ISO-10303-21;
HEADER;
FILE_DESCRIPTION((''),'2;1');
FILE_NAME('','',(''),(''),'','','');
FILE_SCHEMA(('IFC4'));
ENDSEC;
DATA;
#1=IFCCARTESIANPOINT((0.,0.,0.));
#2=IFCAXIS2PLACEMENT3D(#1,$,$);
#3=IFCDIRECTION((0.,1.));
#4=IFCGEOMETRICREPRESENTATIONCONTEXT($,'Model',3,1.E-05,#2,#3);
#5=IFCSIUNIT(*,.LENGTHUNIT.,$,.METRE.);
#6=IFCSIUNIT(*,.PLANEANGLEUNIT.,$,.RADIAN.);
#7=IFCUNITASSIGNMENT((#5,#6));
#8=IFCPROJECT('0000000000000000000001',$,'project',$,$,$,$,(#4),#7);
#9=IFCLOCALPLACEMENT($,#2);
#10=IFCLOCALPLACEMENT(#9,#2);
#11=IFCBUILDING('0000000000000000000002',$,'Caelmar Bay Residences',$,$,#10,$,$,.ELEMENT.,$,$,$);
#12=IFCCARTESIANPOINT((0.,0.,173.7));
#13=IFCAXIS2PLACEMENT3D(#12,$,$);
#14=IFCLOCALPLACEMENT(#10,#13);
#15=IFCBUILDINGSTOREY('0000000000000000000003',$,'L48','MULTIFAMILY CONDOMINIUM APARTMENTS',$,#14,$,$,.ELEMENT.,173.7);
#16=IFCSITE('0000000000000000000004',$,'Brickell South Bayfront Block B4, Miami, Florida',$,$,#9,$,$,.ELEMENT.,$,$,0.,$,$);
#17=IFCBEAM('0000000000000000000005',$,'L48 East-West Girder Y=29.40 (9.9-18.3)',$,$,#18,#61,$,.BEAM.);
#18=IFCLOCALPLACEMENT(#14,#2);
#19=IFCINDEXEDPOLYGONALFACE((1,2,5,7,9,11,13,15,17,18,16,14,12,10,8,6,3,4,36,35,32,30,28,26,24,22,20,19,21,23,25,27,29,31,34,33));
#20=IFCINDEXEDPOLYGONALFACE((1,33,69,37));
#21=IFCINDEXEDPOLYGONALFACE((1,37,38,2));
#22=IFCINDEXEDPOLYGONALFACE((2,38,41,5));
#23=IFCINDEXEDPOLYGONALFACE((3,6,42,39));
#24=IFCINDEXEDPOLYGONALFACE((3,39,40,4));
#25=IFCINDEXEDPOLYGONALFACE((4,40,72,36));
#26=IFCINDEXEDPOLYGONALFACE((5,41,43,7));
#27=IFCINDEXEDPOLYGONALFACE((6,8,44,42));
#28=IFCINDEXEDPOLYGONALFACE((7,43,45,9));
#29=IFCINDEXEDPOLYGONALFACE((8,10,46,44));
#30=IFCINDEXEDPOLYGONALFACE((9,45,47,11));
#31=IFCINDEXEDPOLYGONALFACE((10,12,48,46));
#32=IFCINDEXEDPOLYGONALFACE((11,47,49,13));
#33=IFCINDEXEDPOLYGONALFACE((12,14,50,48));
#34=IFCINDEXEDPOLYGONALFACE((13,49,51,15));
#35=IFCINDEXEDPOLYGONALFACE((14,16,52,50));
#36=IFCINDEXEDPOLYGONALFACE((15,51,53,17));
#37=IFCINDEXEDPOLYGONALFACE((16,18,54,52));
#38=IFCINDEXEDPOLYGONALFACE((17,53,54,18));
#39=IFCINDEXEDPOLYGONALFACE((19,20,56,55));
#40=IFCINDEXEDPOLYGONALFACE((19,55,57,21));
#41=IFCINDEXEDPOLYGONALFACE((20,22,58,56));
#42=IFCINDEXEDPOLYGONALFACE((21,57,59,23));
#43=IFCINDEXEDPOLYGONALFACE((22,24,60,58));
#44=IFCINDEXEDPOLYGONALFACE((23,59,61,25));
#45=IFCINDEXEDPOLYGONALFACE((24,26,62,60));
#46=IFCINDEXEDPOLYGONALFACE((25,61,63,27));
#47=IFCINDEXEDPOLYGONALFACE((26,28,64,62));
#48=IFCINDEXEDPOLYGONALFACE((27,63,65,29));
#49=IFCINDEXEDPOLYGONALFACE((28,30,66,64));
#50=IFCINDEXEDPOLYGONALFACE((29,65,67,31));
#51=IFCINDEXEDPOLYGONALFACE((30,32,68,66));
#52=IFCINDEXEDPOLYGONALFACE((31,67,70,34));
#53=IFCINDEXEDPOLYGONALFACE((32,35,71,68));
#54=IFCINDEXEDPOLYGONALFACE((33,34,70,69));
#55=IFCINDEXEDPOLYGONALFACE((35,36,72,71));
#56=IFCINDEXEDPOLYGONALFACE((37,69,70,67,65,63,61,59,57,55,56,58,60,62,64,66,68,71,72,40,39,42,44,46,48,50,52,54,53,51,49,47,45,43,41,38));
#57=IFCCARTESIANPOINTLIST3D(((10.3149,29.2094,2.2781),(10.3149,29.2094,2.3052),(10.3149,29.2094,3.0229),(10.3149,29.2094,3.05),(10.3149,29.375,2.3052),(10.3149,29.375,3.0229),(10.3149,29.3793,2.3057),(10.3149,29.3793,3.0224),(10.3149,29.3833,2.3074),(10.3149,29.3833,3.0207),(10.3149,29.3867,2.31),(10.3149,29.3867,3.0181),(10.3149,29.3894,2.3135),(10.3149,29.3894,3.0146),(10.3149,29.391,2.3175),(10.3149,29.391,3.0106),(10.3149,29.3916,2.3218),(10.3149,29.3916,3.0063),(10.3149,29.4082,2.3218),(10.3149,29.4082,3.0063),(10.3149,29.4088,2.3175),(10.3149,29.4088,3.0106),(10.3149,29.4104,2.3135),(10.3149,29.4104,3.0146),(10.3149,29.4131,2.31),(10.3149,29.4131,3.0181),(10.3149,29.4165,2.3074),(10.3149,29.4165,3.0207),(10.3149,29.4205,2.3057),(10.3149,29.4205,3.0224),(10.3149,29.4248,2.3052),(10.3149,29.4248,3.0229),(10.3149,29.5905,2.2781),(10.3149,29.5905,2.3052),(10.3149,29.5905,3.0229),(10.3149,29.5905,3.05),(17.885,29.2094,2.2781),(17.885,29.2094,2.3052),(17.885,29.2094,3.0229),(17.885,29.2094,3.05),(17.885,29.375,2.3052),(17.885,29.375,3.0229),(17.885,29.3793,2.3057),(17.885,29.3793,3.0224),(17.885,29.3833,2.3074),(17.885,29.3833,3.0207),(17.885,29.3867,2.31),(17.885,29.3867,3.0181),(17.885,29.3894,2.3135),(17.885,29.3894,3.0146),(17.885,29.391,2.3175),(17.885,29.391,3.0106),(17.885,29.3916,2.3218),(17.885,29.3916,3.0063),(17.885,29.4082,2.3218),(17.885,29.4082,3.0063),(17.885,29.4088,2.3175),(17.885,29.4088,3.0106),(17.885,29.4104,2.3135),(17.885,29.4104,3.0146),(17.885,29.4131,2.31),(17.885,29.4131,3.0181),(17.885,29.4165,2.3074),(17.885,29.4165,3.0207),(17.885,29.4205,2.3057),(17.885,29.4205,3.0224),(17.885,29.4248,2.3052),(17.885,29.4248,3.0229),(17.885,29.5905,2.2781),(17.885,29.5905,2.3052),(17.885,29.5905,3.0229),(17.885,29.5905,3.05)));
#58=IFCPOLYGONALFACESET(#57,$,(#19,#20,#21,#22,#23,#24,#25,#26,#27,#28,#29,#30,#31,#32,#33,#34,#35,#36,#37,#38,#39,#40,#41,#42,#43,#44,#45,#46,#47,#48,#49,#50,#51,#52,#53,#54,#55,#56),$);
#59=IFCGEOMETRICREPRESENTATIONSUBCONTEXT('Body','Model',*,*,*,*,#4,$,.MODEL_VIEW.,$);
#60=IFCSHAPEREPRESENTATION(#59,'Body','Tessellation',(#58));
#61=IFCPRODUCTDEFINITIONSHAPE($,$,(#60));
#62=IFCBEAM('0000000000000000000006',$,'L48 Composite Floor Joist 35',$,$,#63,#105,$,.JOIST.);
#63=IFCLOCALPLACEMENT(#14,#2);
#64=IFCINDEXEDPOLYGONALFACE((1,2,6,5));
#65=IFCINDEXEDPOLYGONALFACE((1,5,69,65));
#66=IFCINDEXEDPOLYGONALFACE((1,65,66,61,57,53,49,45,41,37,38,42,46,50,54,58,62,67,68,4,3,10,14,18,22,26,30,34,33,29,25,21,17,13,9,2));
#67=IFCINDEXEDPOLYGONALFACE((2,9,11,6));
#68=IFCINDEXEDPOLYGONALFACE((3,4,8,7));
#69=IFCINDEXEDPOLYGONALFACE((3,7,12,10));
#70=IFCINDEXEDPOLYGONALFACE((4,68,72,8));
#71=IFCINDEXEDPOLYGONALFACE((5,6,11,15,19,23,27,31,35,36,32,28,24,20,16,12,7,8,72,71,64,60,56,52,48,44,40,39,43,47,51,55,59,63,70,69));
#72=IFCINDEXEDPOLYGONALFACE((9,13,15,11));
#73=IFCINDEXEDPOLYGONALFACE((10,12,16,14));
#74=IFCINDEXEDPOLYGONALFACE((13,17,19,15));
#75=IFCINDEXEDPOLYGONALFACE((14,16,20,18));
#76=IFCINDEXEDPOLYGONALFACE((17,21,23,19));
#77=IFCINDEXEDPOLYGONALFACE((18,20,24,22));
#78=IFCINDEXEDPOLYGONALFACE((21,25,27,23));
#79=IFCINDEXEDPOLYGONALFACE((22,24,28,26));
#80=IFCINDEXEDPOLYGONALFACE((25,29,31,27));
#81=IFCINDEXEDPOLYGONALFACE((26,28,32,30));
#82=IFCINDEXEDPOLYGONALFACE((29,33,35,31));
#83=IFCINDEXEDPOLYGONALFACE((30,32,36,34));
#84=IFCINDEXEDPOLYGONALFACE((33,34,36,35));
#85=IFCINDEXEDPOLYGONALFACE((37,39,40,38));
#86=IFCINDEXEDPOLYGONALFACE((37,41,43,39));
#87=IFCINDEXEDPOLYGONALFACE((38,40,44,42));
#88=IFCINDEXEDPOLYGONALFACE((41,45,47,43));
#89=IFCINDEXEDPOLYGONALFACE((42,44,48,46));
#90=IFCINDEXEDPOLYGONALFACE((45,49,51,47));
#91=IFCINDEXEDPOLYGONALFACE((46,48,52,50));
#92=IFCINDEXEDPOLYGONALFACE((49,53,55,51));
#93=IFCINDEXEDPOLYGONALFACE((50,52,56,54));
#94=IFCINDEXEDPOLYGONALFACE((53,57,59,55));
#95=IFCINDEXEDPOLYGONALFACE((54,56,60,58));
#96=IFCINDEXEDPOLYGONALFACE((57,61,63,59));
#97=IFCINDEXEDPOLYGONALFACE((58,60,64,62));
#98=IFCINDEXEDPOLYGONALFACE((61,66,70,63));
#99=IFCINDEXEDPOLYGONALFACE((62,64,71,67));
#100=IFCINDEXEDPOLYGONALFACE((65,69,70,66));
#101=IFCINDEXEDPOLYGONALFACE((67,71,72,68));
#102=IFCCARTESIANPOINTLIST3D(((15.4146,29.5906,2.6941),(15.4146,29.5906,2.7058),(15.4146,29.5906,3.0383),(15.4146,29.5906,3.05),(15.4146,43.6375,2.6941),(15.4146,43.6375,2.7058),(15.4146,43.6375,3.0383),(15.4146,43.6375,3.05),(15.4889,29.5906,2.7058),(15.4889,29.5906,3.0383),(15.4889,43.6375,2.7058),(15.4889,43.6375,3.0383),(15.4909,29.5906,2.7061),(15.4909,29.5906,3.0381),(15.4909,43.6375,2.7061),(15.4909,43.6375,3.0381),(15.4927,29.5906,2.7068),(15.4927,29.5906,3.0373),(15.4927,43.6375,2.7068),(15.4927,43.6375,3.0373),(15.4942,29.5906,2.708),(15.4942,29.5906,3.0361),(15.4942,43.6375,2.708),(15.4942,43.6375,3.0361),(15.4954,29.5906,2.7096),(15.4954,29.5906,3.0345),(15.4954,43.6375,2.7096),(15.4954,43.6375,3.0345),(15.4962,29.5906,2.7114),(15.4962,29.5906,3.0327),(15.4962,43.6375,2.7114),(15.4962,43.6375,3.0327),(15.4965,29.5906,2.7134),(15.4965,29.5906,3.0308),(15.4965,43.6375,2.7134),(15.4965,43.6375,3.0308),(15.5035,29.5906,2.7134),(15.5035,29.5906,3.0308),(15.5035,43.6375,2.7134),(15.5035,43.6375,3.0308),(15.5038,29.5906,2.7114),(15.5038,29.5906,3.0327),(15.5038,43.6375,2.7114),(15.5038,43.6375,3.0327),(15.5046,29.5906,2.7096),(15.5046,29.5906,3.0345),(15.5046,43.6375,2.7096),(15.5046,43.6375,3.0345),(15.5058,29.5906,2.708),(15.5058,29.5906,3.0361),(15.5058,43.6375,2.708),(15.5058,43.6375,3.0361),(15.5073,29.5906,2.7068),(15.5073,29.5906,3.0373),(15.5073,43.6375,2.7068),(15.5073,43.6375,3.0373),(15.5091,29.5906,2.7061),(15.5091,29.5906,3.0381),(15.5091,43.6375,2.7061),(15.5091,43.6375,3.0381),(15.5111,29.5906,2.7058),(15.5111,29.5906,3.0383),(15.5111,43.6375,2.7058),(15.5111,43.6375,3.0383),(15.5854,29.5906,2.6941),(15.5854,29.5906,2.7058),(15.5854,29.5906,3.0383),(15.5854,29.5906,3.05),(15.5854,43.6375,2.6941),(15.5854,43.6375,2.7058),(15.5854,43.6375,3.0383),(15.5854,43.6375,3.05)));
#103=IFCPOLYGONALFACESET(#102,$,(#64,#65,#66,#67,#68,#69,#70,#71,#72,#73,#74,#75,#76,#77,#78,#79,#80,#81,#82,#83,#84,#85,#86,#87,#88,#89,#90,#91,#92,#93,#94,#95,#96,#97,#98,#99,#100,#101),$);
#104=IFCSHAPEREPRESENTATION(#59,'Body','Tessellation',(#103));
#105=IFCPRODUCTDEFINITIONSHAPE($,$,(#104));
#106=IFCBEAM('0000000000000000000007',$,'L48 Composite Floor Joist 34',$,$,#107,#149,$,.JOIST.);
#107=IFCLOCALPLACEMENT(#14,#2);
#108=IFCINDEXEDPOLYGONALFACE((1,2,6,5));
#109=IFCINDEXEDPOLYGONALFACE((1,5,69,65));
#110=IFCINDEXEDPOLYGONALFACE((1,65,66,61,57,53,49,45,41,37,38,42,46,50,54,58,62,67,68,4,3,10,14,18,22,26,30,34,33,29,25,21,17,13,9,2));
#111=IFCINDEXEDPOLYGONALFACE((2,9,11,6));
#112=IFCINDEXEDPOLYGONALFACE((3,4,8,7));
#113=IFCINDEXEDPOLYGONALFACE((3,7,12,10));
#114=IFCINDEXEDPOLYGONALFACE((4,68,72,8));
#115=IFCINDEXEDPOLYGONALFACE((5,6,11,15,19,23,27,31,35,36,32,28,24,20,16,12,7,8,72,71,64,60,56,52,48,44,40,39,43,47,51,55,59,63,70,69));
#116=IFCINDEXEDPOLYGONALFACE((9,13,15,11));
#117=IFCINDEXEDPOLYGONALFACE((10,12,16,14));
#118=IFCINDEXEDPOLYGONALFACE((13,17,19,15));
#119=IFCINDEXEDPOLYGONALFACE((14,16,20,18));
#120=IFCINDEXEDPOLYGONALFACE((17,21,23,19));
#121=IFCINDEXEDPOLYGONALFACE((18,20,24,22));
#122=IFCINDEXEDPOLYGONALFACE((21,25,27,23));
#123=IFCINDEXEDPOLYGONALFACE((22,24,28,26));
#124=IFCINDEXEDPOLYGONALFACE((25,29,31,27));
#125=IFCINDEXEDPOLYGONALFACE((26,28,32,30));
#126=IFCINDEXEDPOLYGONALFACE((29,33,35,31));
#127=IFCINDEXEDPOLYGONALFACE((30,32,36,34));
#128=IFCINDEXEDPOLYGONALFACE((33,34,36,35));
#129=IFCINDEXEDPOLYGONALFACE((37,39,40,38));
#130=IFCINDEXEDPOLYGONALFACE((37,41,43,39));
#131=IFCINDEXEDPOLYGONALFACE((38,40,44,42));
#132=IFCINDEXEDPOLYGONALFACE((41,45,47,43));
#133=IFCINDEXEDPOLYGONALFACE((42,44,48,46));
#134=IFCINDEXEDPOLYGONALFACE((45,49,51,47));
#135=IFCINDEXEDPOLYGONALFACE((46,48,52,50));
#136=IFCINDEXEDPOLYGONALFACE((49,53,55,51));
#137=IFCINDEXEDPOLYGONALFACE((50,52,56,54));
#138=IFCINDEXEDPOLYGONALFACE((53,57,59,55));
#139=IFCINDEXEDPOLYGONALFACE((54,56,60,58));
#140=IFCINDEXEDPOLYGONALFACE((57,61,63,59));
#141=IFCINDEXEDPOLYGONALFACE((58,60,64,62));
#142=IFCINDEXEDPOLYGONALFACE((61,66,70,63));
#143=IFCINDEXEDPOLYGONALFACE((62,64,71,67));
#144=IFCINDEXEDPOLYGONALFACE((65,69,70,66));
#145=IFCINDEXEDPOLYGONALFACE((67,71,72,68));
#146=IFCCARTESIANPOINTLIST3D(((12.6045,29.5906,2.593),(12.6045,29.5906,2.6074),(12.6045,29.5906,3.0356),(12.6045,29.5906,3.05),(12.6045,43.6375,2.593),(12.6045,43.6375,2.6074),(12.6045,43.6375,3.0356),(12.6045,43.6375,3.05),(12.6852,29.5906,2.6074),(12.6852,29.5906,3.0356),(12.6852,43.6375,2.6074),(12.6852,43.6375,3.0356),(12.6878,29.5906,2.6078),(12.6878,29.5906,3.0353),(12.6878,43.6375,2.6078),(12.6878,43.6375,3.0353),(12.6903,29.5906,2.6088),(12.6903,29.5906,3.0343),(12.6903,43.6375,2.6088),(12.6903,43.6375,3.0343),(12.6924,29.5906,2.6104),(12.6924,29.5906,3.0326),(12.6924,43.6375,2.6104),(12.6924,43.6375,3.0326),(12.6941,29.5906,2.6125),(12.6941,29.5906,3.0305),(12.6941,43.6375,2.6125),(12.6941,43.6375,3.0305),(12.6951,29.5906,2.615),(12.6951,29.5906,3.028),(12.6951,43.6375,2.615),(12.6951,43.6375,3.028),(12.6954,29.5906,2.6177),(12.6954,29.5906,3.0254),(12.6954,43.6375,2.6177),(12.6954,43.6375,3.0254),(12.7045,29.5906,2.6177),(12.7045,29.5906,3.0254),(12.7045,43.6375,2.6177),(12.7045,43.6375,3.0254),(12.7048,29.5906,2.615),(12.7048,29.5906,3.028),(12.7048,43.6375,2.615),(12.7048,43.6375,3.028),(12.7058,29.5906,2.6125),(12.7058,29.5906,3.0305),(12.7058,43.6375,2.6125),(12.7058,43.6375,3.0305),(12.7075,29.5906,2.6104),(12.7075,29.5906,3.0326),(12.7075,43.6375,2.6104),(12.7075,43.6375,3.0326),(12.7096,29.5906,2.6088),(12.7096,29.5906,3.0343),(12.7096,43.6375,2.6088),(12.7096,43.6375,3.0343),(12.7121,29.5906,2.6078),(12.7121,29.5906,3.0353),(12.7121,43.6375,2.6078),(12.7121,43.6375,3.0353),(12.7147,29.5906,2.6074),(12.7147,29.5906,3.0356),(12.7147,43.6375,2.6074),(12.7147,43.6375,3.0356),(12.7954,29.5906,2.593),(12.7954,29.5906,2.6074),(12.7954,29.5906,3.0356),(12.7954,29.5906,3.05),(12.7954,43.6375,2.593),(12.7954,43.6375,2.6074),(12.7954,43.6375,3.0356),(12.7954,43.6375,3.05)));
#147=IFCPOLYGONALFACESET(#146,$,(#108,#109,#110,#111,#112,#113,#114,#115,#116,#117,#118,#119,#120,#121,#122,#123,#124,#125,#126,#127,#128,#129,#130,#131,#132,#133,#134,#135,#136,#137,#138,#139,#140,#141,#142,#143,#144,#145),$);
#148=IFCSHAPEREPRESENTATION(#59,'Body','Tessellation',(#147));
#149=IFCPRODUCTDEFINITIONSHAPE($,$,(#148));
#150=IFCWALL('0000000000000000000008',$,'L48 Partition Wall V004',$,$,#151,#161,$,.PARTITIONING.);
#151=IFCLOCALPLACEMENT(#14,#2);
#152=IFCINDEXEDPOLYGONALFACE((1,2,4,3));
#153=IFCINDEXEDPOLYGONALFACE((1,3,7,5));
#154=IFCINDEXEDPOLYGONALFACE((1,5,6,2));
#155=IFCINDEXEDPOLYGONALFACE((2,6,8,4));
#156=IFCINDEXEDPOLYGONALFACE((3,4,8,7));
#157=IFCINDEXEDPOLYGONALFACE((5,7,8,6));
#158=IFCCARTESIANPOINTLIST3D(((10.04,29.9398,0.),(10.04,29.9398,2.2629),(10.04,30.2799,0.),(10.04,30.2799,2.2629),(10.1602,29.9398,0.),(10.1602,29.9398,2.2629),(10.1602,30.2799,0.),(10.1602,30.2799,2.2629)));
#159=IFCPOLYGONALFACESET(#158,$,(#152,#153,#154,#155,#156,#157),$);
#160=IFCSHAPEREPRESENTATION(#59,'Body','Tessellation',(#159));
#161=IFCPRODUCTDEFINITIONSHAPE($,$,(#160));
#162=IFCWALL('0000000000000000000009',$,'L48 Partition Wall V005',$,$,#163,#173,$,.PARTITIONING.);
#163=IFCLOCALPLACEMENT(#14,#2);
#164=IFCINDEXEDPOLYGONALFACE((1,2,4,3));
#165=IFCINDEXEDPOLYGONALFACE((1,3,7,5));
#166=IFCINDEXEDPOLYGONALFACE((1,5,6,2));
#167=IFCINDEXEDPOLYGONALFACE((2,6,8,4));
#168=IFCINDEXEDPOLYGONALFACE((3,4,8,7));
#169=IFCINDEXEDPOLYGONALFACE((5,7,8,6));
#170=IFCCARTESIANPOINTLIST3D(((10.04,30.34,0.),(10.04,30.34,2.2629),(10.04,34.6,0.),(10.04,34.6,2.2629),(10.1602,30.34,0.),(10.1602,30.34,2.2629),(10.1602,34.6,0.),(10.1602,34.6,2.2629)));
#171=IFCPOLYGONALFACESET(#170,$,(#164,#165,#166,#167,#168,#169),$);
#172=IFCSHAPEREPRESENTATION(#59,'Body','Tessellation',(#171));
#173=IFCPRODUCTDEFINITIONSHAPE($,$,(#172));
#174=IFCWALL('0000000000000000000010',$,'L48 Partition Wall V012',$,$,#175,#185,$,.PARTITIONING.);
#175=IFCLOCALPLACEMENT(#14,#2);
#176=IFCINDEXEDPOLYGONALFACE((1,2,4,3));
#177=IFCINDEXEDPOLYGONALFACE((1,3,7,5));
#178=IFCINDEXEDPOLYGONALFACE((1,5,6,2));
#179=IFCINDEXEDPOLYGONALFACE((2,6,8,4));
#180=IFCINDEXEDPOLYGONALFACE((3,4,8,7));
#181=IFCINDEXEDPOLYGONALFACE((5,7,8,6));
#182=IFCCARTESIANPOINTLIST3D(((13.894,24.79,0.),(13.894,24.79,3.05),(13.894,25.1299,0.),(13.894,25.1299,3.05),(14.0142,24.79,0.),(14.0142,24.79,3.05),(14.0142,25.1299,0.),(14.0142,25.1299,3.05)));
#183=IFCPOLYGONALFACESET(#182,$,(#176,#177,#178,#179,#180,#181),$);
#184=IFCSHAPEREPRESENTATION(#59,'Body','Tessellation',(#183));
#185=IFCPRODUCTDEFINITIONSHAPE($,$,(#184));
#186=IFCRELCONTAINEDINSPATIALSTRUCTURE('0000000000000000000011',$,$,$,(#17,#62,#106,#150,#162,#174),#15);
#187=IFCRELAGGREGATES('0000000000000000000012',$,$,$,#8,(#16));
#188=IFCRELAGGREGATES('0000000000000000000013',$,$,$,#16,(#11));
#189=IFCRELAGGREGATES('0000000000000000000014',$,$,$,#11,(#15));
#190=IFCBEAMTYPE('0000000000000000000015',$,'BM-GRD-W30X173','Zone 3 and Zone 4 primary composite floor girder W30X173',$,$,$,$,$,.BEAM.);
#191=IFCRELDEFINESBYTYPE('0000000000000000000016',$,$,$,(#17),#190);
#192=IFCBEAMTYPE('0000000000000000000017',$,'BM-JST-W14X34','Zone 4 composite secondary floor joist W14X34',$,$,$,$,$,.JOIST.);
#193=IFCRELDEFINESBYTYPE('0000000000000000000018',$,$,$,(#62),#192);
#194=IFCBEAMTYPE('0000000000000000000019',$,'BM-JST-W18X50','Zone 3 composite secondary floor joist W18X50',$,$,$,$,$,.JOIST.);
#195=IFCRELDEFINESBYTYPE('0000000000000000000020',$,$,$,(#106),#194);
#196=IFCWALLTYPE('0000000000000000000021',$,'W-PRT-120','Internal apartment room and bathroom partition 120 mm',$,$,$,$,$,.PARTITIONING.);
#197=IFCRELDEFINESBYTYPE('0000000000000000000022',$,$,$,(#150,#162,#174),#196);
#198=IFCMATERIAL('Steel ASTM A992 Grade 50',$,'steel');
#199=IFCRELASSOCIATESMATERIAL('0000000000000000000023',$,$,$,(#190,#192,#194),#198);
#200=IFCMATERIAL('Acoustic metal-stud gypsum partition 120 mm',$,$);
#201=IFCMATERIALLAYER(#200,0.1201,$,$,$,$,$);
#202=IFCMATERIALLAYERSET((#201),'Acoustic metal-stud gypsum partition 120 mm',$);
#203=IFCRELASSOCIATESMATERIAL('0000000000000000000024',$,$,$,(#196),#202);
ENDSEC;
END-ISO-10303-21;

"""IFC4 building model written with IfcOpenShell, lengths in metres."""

from ifc_helpers import new_model, si_unit, direction, frame, frame_2d, origin, origin_2d, place, context, subcontext, project, spatial, rectangle, i_section, extrude, material, layer, layer_set, material_profile, profile_set, type_object, element, save


model = new_model("IFC4")

# Units and contexts
model_context = context("Model", 3, precision=1e-05, world=origin(), true_north=direction((0.0, 1.0)))
body_context = subcontext(model_context, "Body", "Model", "MODEL_VIEW")
ifc_project = project(units=[si_unit("LENGTHUNIT", "METRE"), si_unit("PLANEANGLEUNIT", "RADIAN")], contexts=[model_context])

# Site, building, storey
site_placement = place(None, origin())
site = spatial("IfcSite", under=ifc_project, at=site_placement, Name="Brickell South Bayfront Block B4, Miami, Florida", CompositionType="ELEMENT", RefElevation=0.0)
building_placement = place(site_placement, origin())
building = spatial("IfcBuilding", under=site, at=building_placement, Name="Caelmar Bay Residences", CompositionType="ELEMENT")
storey_placement = place(building_placement, frame((0.0, 0.0, 173.7)))
storey = spatial("IfcBuildingStorey", under=building, at=storey_placement, Name="L48", Description="MULTIFAMILY CONDOMINIUM APARTMENTS", CompositionType="ELEMENT", Elevation=173.7)

# Beams
ifc_material_1 = material(Name="Steel ASTM A992 Grade 50", Category="steel")
ifc_material_profile_1 = material_profile(ifc_material_1, i_section(OverallWidth=0.3811, OverallDepth=0.772, WebThickness=0.0166, FlangeThickness=0.0271, FilletRadius=0.0166, at=origin_2d()), Name="W30X173")
ifc_profile_set_1 = profile_set([ifc_material_profile_1], Name="Steel ASTM A992 Grade 50")
beam_type_1 = type_object("IfcBeamType", Name="BM-GRD-W30X173", Description="Zone 3 and Zone 4 primary composite floor girder W30X173", PredefinedType="BEAM", material=ifc_profile_set_1)
beam_1_placement = place(storey_placement, frame((10.3149, 29.3999, 2.6641), z_axis=(1.0, 0.0, 0.0), x_axis=(0.0, 1.0, 0.0)))
element("IfcBeam", 1, at=beam_1_placement, inside=storey, type_object=beam_type_1, Name="L48 East-West Girder Y=29.40 (9.9-18.3)", PredefinedType="BEAM", context=body_context, shape_type="SweptSolid", body=[
    extrude(i_section(OverallWidth=0.3811, OverallDepth=0.772, WebThickness=0.0166, FlangeThickness=0.0271, FilletRadius=0.0166, at=origin_2d()), origin(), (0.0, 0.0, 1.0), 7.5701),
])
ifc_material_profile_2 = material_profile(ifc_material_1, i_section(OverallWidth=0.1709, OverallDepth=0.356, WebThickness=0.0071, FlangeThickness=0.0117, FilletRadius=0.0076, at=origin_2d()), Name="W14X34")
ifc_profile_set_2 = profile_set([ifc_material_profile_2], Name="Steel ASTM A992 Grade 50")
beam_type_2 = type_object("IfcBeamType", Name="BM-JST-W14X34", Description="Zone 4 composite secondary floor joist W14X34", PredefinedType="JOIST", material=ifc_profile_set_2)
beam_2_placement = place(storey_placement, frame((15.5, 29.5906, 2.8721), z_axis=(0.0, 1.0, 0.0), x_axis=(-1.0, 0.0, 0.0)))
element("IfcBeam", 2, at=beam_2_placement, inside=storey, type_object=beam_type_2, Name="L48 Composite Floor Joist 35", PredefinedType="JOIST", context=body_context, shape_type="SweptSolid", body=[
    extrude(i_section(OverallWidth=0.1709, OverallDepth=0.356, WebThickness=0.0071, FlangeThickness=0.0117, FilletRadius=0.0076, at=origin_2d()), origin(), (0.0, 0.0, 1.0), 14.0469),
])
ifc_material_profile_3 = material_profile(ifc_material_1, i_section(OverallWidth=0.1909, OverallDepth=0.457, WebThickness=0.009, FlangeThickness=0.0144, FilletRadius=0.0103, at=origin_2d()), Name="W18X50")
ifc_profile_set_3 = profile_set([ifc_material_profile_3], Name="Steel ASTM A992 Grade 50")
beam_type_3 = type_object("IfcBeamType", Name="BM-JST-W18X50", Description="Zone 3 composite secondary floor joist W18X50", PredefinedType="JOIST", material=ifc_profile_set_3)
beam_3_placement = place(storey_placement, frame((12.7, 29.5906, 2.8215), z_axis=(0.0, 1.0, 0.0), x_axis=(-1.0, 0.0, 0.0)))
element("IfcBeam", 3, at=beam_3_placement, inside=storey, type_object=beam_type_3, Name="L48 Composite Floor Joist 34", PredefinedType="JOIST", context=body_context, shape_type="SweptSolid", body=[
    extrude(i_section(OverallWidth=0.1909, OverallDepth=0.457, WebThickness=0.009, FlangeThickness=0.0144, FilletRadius=0.0103, at=origin_2d()), origin(), (0.0, 0.0, 1.0), 14.0469),
])

# Shared definitions
ifc_material_2 = material(Name="Acoustic metal-stud gypsum partition 120 mm")
ifc_layer_1 = layer(ifc_material_2, 0.1201)
ifc_layer_set_1 = layer_set([ifc_layer_1], Name="Acoustic metal-stud gypsum partition 120 mm")
wall_type_1 = type_object("IfcWallType", Name="W-PRT-120", Description="Internal apartment room and bathroom partition 120 mm", PredefinedType="PARTITIONING", material=ifc_layer_set_1)

# Walls
wall_1_placement = place(storey_placement, frame((10.1001, 29.9399, 0.0), z_axis=(0.0, 0.0, 1.0), x_axis=(0.0, 1.0, 0.0)))
element("IfcWall", 4, at=wall_1_placement, inside=storey, type_object=wall_type_1, Name="L48 Partition Wall V004", PredefinedType="PARTITIONING", context=body_context, shape_type="SweptSolid", body=[
    extrude(rectangle(XDim=0.3401, YDim=0.1201, at=frame_2d((0.1699, 0.0))), origin(), (0.0, 0.0, 1.0), 2.2629),
])
wall_2_placement = place(storey_placement, frame((10.1001, 30.3401, 0.0), z_axis=(0.0, 0.0, 1.0), x_axis=(0.0, 1.0, 0.0)))
element("IfcWall", 5, at=wall_2_placement, inside=storey, type_object=wall_type_1, Name="L48 Partition Wall V005", PredefinedType="PARTITIONING", context=body_context, shape_type="SweptSolid", body=[
    extrude(rectangle(XDim=4.26, YDim=0.1201, at=frame_2d((2.1299, 0.0))), origin(), (0.0, 0.0, 1.0), 2.2629),
])
wall_3_placement = place(storey_placement, frame((13.9541, 24.79, 0.0), z_axis=(0.0, 0.0, 1.0), x_axis=(0.0, 1.0, 0.0)))
element("IfcWall", 6, at=wall_3_placement, inside=storey, type_object=wall_type_1, Name="L48 Partition Wall V012", PredefinedType="PARTITIONING", context=body_context, shape_type="SweptSolid", body=[
    extrude(rectangle(XDim=0.3398, YDim=0.1201, at=frame_2d((0.1699, 0.0))), origin(), (0.0, 0.0, 1.0), 3.05),
])

save(model, "model.ifc")
